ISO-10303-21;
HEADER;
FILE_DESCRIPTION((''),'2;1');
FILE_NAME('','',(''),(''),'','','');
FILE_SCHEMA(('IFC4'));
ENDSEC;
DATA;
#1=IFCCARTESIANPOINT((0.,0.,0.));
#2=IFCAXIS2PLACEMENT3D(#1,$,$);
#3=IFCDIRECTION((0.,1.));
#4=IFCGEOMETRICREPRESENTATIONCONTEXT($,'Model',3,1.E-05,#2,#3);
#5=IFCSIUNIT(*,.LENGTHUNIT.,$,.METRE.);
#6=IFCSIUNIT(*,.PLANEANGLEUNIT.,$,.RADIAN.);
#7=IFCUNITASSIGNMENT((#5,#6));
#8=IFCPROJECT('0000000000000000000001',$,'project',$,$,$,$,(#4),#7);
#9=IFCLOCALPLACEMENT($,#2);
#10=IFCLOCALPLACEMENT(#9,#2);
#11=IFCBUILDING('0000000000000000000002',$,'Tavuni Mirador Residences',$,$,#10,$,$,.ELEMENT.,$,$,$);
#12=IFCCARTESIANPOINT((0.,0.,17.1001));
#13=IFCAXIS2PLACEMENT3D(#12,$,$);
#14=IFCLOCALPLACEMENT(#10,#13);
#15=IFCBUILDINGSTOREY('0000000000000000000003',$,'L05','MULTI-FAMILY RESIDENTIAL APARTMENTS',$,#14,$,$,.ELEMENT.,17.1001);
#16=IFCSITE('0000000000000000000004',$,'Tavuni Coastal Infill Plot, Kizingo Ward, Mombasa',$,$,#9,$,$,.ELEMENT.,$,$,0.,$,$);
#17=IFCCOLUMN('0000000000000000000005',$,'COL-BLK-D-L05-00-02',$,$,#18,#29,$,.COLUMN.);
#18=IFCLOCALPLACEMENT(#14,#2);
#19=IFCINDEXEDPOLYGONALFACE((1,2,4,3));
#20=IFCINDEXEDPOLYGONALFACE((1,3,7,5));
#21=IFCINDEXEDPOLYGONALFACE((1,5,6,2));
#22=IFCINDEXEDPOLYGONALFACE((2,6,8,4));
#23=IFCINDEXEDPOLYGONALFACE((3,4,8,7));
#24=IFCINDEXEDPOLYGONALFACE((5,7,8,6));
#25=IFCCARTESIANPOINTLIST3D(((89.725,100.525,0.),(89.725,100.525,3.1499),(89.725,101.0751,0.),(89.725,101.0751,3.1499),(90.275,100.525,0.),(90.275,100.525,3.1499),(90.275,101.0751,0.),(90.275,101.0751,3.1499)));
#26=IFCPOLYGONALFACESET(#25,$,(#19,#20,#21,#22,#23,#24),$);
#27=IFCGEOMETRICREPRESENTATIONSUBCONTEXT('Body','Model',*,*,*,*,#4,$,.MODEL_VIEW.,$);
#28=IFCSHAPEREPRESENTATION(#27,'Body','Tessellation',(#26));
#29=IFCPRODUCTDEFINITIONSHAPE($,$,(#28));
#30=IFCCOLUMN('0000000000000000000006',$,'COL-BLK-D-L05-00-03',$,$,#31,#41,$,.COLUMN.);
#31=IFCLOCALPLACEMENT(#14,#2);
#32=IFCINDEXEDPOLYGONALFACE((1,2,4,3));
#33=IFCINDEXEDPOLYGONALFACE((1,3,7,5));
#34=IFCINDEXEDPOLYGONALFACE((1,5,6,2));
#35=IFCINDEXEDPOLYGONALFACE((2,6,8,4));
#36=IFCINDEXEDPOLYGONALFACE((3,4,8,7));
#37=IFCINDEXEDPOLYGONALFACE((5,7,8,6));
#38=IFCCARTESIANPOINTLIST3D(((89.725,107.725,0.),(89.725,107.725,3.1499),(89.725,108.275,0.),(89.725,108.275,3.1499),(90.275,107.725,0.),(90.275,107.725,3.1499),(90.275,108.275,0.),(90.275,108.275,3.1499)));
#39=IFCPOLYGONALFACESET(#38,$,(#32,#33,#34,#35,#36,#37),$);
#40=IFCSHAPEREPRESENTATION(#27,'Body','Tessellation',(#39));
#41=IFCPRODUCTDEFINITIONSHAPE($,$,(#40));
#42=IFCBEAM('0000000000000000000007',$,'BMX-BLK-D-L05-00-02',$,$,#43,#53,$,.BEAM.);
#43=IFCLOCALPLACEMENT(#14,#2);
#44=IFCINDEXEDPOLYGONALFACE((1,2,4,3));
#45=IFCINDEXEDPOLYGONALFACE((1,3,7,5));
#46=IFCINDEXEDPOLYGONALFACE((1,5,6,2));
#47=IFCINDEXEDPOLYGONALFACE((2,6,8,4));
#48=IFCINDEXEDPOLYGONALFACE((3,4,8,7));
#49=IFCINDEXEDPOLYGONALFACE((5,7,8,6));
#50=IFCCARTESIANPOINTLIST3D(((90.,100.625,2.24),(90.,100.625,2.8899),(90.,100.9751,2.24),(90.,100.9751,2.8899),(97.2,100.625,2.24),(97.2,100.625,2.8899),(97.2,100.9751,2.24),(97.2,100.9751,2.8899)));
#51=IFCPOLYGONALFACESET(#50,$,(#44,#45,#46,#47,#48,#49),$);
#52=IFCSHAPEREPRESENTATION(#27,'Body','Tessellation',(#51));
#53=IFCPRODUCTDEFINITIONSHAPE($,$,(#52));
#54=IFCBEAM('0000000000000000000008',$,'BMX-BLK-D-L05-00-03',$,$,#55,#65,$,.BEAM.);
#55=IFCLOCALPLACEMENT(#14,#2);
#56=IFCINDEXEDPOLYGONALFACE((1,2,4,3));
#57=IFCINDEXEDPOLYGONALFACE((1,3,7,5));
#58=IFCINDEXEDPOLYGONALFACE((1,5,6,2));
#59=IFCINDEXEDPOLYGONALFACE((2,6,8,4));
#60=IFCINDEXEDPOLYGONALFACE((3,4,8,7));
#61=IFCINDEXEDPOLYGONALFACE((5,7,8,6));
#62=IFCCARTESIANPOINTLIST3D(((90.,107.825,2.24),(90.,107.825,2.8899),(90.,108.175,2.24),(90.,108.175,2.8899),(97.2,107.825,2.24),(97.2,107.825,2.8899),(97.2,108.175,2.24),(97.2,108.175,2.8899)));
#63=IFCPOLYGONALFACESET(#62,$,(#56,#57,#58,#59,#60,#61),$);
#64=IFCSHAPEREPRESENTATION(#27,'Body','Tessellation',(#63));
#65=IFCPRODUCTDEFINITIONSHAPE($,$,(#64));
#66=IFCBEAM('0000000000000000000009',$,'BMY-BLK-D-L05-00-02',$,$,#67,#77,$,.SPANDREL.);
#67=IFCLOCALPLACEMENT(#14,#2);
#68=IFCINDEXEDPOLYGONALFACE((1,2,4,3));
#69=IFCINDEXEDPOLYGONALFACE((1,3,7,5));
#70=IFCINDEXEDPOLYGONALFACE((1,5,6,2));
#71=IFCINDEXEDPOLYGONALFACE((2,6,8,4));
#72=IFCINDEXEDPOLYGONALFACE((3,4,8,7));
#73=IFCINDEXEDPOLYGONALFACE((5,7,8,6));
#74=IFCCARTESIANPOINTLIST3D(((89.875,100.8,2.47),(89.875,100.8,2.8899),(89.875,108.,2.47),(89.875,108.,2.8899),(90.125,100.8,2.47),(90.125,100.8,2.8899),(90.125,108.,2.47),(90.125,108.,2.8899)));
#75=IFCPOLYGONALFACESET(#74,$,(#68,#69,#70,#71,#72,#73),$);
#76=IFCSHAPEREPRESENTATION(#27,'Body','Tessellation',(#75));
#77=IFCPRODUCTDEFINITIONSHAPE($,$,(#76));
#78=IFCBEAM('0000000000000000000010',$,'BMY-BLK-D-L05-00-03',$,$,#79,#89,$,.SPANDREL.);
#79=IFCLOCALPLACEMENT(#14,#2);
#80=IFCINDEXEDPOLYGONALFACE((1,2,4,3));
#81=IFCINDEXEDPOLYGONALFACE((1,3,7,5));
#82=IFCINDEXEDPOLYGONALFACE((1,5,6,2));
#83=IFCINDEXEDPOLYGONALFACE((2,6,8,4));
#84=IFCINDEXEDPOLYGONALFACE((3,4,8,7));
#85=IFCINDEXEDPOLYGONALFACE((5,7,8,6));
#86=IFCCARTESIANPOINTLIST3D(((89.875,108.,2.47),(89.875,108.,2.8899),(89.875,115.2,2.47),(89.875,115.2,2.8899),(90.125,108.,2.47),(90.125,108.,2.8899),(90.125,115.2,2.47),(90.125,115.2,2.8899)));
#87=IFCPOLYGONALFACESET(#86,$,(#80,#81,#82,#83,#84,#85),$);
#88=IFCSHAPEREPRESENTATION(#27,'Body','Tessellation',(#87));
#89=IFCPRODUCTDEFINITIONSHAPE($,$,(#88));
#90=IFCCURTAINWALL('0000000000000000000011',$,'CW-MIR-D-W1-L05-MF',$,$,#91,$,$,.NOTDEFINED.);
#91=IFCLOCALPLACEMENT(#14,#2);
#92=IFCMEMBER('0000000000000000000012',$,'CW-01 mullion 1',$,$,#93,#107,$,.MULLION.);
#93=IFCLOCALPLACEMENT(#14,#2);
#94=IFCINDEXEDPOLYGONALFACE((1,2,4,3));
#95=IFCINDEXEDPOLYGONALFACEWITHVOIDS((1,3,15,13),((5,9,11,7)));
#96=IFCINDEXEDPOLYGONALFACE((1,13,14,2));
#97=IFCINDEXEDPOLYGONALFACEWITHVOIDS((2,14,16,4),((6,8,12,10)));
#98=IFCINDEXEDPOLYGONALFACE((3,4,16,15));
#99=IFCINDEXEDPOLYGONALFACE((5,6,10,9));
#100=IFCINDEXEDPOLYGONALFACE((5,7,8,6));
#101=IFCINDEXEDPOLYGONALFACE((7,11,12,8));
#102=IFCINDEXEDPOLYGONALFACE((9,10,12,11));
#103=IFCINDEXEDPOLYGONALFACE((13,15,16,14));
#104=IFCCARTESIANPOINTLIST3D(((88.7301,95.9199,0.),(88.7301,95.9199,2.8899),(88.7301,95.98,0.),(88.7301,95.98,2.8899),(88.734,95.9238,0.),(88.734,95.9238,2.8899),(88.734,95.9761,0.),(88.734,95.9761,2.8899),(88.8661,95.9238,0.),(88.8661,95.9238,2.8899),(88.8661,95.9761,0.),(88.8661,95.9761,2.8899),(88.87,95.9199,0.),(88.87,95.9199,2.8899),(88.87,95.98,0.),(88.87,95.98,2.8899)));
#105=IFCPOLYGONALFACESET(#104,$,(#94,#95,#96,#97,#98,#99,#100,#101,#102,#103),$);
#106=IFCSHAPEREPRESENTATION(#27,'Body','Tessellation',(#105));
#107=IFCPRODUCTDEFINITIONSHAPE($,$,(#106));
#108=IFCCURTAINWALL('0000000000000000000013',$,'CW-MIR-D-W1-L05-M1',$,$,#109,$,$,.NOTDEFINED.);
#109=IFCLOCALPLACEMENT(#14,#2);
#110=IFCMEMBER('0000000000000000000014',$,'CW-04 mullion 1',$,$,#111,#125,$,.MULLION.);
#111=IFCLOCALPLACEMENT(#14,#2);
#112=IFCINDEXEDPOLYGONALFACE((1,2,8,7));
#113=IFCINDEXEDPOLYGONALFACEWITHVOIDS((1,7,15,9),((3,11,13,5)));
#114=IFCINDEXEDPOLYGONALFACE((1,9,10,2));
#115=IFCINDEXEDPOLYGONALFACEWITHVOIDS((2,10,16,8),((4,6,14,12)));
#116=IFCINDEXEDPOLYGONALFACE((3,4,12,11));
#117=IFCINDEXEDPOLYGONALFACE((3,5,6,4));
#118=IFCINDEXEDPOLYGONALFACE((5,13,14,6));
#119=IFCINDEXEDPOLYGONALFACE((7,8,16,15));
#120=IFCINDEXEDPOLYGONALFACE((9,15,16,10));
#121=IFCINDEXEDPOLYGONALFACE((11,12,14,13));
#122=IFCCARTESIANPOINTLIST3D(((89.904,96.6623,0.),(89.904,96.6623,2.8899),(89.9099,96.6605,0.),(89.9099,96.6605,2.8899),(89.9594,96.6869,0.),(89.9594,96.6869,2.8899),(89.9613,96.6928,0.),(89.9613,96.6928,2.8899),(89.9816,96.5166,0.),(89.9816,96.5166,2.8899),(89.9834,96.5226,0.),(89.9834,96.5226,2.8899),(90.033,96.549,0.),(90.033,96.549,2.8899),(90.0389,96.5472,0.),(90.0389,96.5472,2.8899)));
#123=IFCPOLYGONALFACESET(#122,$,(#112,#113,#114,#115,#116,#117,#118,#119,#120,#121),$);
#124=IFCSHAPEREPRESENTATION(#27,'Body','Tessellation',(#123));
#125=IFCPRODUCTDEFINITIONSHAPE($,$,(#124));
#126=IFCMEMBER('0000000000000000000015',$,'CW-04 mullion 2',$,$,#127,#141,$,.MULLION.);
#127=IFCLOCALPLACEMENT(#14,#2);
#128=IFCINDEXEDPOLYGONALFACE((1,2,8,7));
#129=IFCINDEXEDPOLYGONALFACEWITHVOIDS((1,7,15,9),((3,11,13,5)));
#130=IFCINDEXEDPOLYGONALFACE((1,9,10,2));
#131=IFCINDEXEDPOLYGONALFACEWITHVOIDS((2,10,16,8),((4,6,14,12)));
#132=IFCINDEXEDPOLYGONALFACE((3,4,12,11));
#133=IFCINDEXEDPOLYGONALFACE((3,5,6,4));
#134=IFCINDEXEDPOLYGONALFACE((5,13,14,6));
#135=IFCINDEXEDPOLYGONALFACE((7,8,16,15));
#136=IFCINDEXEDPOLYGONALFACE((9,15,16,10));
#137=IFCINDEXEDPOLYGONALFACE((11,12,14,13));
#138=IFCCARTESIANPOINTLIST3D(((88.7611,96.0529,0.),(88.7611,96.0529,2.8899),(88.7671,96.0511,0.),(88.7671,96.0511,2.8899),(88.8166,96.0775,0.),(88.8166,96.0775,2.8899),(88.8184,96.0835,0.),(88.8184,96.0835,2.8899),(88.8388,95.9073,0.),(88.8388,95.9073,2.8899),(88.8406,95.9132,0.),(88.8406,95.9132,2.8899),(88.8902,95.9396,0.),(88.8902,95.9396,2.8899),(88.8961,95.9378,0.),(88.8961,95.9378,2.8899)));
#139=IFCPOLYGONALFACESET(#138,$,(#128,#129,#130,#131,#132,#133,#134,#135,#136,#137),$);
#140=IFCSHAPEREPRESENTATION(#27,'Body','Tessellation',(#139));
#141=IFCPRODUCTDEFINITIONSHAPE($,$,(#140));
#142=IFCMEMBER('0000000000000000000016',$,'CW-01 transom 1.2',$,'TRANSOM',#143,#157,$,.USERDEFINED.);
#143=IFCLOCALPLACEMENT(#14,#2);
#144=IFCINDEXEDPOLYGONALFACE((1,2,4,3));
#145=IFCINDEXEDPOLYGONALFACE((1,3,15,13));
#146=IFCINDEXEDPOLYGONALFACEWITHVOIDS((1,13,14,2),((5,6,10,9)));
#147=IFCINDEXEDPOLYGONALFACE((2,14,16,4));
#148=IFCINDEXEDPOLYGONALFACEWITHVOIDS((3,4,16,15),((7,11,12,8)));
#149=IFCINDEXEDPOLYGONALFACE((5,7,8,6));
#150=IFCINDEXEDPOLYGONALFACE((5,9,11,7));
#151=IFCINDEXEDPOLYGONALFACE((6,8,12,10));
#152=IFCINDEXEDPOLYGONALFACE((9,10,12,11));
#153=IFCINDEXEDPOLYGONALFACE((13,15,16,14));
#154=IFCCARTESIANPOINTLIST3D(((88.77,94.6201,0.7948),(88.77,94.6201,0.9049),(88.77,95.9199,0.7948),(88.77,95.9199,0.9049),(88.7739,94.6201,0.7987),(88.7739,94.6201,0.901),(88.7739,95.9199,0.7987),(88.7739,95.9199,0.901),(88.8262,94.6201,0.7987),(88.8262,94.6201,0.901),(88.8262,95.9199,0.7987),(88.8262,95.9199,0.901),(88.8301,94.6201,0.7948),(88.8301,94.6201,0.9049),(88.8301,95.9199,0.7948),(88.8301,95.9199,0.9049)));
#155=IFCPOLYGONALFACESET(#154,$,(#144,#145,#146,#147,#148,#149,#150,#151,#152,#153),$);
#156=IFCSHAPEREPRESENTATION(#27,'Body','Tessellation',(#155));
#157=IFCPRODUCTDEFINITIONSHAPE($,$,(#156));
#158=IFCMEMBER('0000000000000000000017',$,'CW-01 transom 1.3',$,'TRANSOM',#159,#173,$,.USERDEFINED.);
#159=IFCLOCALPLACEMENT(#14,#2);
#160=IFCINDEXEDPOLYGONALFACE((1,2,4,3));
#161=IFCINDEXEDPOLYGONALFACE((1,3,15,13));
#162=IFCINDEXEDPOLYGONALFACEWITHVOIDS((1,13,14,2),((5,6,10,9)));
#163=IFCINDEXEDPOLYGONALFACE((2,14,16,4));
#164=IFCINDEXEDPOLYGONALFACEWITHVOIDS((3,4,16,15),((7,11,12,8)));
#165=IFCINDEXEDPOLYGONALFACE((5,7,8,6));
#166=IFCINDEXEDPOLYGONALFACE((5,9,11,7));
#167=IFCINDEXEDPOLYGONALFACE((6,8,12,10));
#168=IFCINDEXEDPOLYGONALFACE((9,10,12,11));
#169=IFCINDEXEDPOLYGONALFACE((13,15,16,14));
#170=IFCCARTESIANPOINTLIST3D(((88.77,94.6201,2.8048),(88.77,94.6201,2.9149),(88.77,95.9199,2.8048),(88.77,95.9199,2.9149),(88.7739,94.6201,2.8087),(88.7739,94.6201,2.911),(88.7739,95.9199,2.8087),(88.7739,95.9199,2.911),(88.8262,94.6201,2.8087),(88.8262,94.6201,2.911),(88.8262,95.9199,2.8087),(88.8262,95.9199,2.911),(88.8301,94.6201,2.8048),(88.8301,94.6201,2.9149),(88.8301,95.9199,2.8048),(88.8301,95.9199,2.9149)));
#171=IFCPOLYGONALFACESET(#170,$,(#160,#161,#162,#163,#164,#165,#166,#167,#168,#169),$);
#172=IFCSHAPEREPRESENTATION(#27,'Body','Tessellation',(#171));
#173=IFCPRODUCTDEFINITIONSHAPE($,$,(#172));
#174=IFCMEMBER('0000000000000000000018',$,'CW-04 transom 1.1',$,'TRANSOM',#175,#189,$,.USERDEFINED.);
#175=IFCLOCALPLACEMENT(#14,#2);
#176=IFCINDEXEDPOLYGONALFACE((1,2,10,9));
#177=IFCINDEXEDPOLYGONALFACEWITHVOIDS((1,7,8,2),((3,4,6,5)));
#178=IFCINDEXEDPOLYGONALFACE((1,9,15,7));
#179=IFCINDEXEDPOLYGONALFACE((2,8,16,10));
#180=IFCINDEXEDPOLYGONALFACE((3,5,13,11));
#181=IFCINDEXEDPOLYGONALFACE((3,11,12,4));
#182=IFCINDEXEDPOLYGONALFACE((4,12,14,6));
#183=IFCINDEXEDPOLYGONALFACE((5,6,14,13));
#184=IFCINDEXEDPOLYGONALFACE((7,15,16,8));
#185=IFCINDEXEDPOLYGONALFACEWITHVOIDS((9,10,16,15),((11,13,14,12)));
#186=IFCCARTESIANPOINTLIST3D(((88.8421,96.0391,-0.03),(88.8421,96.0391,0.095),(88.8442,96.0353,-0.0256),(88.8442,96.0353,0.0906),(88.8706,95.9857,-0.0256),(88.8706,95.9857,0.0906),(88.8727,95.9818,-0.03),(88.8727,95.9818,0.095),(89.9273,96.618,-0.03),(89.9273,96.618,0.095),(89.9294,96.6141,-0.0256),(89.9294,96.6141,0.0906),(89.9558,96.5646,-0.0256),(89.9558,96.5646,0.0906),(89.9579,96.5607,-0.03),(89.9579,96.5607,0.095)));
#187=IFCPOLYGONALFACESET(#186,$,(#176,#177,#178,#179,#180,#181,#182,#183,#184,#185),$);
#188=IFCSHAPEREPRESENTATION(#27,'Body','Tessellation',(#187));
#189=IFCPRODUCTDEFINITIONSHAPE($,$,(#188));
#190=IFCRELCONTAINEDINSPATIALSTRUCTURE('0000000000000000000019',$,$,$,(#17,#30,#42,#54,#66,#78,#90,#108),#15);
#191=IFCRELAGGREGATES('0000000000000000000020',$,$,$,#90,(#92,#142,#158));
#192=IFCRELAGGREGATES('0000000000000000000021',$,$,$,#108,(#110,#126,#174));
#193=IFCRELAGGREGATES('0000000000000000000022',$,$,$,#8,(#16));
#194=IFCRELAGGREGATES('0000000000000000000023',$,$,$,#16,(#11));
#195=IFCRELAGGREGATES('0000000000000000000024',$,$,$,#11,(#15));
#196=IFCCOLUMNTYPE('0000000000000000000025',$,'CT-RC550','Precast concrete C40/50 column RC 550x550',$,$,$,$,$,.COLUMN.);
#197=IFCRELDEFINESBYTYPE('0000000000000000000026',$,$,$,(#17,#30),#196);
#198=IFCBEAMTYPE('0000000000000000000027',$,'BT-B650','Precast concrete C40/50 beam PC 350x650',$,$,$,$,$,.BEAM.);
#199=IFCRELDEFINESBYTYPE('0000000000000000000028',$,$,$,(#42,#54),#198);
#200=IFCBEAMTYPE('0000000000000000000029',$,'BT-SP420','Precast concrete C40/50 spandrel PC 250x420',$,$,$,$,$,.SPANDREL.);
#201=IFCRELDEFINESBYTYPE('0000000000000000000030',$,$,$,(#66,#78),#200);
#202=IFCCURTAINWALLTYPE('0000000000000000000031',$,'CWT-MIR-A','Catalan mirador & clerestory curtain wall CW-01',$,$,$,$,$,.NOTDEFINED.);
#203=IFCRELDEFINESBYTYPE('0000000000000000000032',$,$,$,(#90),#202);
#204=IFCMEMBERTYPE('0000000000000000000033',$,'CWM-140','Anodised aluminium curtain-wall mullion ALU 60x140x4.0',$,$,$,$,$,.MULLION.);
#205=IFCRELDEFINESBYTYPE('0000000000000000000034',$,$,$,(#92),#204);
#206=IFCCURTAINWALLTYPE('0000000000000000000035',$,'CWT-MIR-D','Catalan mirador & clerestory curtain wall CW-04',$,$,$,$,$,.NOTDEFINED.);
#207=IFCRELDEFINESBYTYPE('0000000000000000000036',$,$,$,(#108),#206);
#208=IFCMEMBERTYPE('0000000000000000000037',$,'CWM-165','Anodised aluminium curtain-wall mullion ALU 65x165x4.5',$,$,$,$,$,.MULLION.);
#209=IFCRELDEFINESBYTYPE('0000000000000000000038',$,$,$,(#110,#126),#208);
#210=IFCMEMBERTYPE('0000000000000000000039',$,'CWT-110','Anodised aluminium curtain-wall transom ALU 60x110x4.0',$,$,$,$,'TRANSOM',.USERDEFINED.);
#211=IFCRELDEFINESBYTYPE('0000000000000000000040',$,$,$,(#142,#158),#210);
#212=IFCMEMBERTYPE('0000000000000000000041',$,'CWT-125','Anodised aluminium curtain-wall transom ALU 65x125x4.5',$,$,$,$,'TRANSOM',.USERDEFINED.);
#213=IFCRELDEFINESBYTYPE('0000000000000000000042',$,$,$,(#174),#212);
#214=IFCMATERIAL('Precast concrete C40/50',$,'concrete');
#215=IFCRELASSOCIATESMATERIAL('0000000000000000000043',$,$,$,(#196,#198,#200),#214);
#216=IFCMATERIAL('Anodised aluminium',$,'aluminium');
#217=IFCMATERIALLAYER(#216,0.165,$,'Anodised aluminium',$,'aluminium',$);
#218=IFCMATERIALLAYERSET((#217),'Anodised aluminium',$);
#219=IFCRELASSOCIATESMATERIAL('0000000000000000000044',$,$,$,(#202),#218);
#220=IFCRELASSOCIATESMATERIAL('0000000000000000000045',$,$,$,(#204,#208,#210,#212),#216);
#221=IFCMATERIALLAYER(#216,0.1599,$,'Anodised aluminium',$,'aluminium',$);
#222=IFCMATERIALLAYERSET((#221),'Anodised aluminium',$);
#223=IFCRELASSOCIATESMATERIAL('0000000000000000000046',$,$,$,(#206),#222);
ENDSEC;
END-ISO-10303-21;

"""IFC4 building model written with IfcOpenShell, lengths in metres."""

from ifc_helpers import new_model, si_unit, direction, frame, origin, origin_2d, place, context, subcontext, project, spatial, rectangle, hollow_rectangle, extrude, material, layer, layer_set, material_profile, profile_set, type_object, element, aggregate, save


model = new_model("IFC4")

# Units and contexts
model_context = context("Model", 3, precision=1e-05, world=origin(), true_north=direction((0.0, 1.0)))
body_context = subcontext(model_context, "Body", "Model", "MODEL_VIEW")
ifc_project = project(units=[si_unit("LENGTHUNIT", "METRE"), si_unit("PLANEANGLEUNIT", "RADIAN")], contexts=[model_context])

# Site, building, storey
site_placement = place(None, origin())
site = spatial("IfcSite", under=ifc_project, at=site_placement, Name="Tavuni Coastal Infill Plot, Kizingo Ward, Mombasa", CompositionType="ELEMENT", RefElevation=0.0)
building_placement = place(site_placement, origin())
building = spatial("IfcBuilding", under=site, at=building_placement, Name="Tavuni Mirador Residences", CompositionType="ELEMENT")
storey_placement = place(building_placement, frame((0.0, 0.0, 17.1001)))
storey = spatial("IfcBuildingStorey", under=building, at=storey_placement, Name="L05", Description="MULTI-FAMILY RESIDENTIAL APARTMENTS", CompositionType="ELEMENT", Elevation=17.1001)

# Columns
ifc_material_1 = material(Name="Precast concrete C40/50", Category="concrete")
ifc_material_profile_1 = material_profile(ifc_material_1, rectangle(XDim=0.55, YDim=0.55, at=origin_2d()), Name="RC 550x550", Category="concrete")
ifc_profile_set_1 = profile_set([ifc_material_profile_1], Name="Precast concrete C40/50")
column_type = type_object("IfcColumnType", Name="CT-RC550", Description="Precast concrete C40/50 column RC 550x550", PredefinedType="COLUMN", material=ifc_profile_set_1)
for number, where, z_axis, x_axis, name in (
    (1, (90.0, 100.8, 0.0), (0.0, 0.0, 1.0), (1.0, 0.0, 0.0), "COL-BLK-D-L05-00-02"),
    (2, (90.0, 108.0, 0.0), (0.0, 0.0, 1.0), (1.0, 0.0, 0.0), "COL-BLK-D-L05-00-03"),
):
    element("IfcColumn", number, at=place(storey_placement, frame(where, z_axis=z_axis, x_axis=x_axis)), inside=storey, type_object=column_type, Name=name, PredefinedType="COLUMN", context=body_context, shape_type="SweptSolid", body=[
        extrude(rectangle(XDim=0.55, YDim=0.55, at=origin_2d()), origin(), (0.0, 0.0, 1.0), 3.1499),
    ])

# Beams
ifc_material_profile_2 = material_profile(ifc_material_1, rectangle(XDim=0.3501, YDim=0.6499, at=origin_2d()), Name="PC 350x650", Category="concrete")
ifc_profile_set_2 = profile_set([ifc_material_profile_2], Name="Precast concrete C40/50")
beam_type_1 = type_object("IfcBeamType", Name="BT-B650", Description="Precast concrete C40/50 beam PC 350x650", PredefinedType="BEAM", material=ifc_profile_set_2)
for number, where, z_axis, x_axis, name in (
    (3, (90.0, 100.8, 2.5649), (1.0, 0.0, 0.0), (0.0, 1.0, 0.0), "BMX-BLK-D-L05-00-02"),
    (4, (90.0, 108.0, 2.5649), (1.0, 0.0, 0.0), (0.0, 1.0, 0.0), "BMX-BLK-D-L05-00-03"),
):
    element("IfcBeam", number, at=place(storey_placement, frame(where, z_axis=z_axis, x_axis=x_axis)), inside=storey, type_object=beam_type_1, Name=name, PredefinedType="BEAM", context=body_context, shape_type="SweptSolid", body=[
        extrude(rectangle(XDim=0.3501, YDim=0.6499, at=origin_2d()), origin(), (0.0, 0.0, 1.0), 7.2),
    ])
ifc_material_profile_3 = material_profile(ifc_material_1, rectangle(XDim=0.25, YDim=0.4199, at=origin_2d()), Name="PC 250x420", Category="concrete")
ifc_profile_set_3 = profile_set([ifc_material_profile_3], Name="Precast concrete C40/50")
beam_type_2 = type_object("IfcBeamType", Name="BT-SP420", Description="Precast concrete C40/50 spandrel PC 250x420", PredefinedType="SPANDREL", material=ifc_profile_set_3)
for number, where, z_axis, x_axis, name in (
    (5, (90.0, 100.8, 2.6799), (0.0, 1.0, 0.0), (-1.0, 0.0, 0.0), "BMY-BLK-D-L05-00-02"),
    (6, (90.0, 108.0, 2.6799), (0.0, 1.0, 0.0), (-1.0, 0.0, 0.0), "BMY-BLK-D-L05-00-03"),
):
    element("IfcBeam", number, at=place(storey_placement, frame(where, z_axis=z_axis, x_axis=x_axis)), inside=storey, type_object=beam_type_2, Name=name, PredefinedType="SPANDREL", context=body_context, shape_type="SweptSolid", body=[
        extrude(rectangle(XDim=0.25, YDim=0.4199, at=origin_2d()), origin(), (0.0, 0.0, 1.0), 7.2),
    ])

# Curtain wall, member
ifc_material_2 = material(Name="Anodised aluminium", Category="aluminium")
ifc_layer_1 = layer(ifc_material_2, 0.165, Name="Anodised aluminium", Category="aluminium")
ifc_layer_set_1 = layer_set([ifc_layer_1], Name="Anodised aluminium")
curtain_wall_type_1 = type_object("IfcCurtainWallType", Name="CWT-MIR-A", Description="Catalan mirador & clerestory curtain wall CW-01", PredefinedType="NOTDEFINED", material=ifc_layer_set_1)
curtain_wall_1_placement = place(storey_placement, origin())
curtain_wall_1 = element("IfcCurtainWall", 7, at=curtain_wall_1_placement, inside=storey, type_object=curtain_wall_type_1, Name="CW-MIR-D-W1-L05-MF", PredefinedType="NOTDEFINED")
ifc_material_profile_4 = material_profile(ifc_material_2, hollow_rectangle(XDim=0.0601, YDim=0.1399, WallThickness=0.0039, at=origin_2d()), Name="ALU 60x140x4.0", Category="aluminium")
ifc_profile_set_4 = profile_set([ifc_material_profile_4], Name="Anodised aluminium")
member_type_1 = type_object("IfcMemberType", Name="CWM-140", Description="Anodised aluminium curtain-wall mullion ALU 60x140x4.0", PredefinedType="MULLION", material=ifc_profile_set_4)
member_1_placement = place(storey_placement, frame((88.8, 95.95, 0.0), z_axis=(0.0, 0.0, 1.0), x_axis=(0.0, -1.0, 0.0)))
member_1 = element("IfcMember", 8, at=member_1_placement, type_object=member_type_1, Name="CW-01 mullion 1", PredefinedType="MULLION", context=body_context, shape_type="SweptSolid", body=[
    extrude(hollow_rectangle(XDim=0.0601, YDim=0.1399, WallThickness=0.0039, at=origin_2d()), origin(), (0.0, 0.0, 1.0), 2.8899),
])

# Curtain wall, members
ifc_layer_2 = layer(ifc_material_2, 0.1599, Name="Anodised aluminium", Category="aluminium")
ifc_layer_set_2 = layer_set([ifc_layer_2], Name="Anodised aluminium")
curtain_wall_type_2 = type_object("IfcCurtainWallType", Name="CWT-MIR-D", Description="Catalan mirador & clerestory curtain wall CW-04", PredefinedType="NOTDEFINED", material=ifc_layer_set_2)
curtain_wall_2_placement = place(storey_placement, origin())
curtain_wall_2 = element("IfcCurtainWall", 9, at=curtain_wall_2_placement, inside=storey, type_object=curtain_wall_type_2, Name="CW-MIR-D-W1-L05-M1", PredefinedType="NOTDEFINED")
ifc_material_profile_5 = material_profile(ifc_material_2, hollow_rectangle(XDim=0.0649, YDim=0.165, WallThickness=0.0044, at=origin_2d()), Name="ALU 65x165x4.5", Category="aluminium")
ifc_profile_set_5 = profile_set([ifc_material_profile_5], Name="Anodised aluminium")
member_type_2 = type_object("IfcMemberType", Name="CWM-165", Description="Anodised aluminium curtain-wall mullion ALU 65x165x4.5", PredefinedType="MULLION", material=ifc_profile_set_5)
member_2_placement = place(storey_placement, frame((89.9714, 96.6047, 0.0), z_axis=(0.0, 0.0, 1.0), x_axis=(-0.882353, -0.470588, 0.0)))
member_2 = element("IfcMember", 10, at=member_2_placement, type_object=member_type_2, Name="CW-04 mullion 1", PredefinedType="MULLION", context=body_context, shape_type="SweptSolid", body=[
    extrude(hollow_rectangle(XDim=0.0649, YDim=0.165, WallThickness=0.0044, at=origin_2d()), origin(), (0.0, 0.0, 1.0), 2.8899),
])
member_3_placement = place(storey_placement, frame((88.8286, 95.9954, 0.0), z_axis=(0.0, 0.0, 1.0), x_axis=(-0.882353, -0.470588, 0.0)))
member_3 = element("IfcMember", 11, at=member_3_placement, type_object=member_type_2, Name="CW-04 mullion 2", PredefinedType="MULLION", context=body_context, shape_type="SweptSolid", body=[
    extrude(hollow_rectangle(XDim=0.0649, YDim=0.165, WallThickness=0.0044, at=origin_2d()), origin(), (0.0, 0.0, 1.0), 2.8899),
])

# Members
ifc_material_profile_6 = material_profile(ifc_material_2, hollow_rectangle(XDim=0.0601, YDim=0.1101, WallThickness=0.0039, at=origin_2d()), Name="ALU 60x110x4.0", Category="aluminium")
ifc_profile_set_6 = profile_set([ifc_material_profile_6], Name="Anodised aluminium")
member_type_3 = type_object("IfcMemberType", Name="CWT-110", Description="Anodised aluminium curtain-wall transom ALU 60x110x4.0", ElementType="TRANSOM", PredefinedType="USERDEFINED", material=ifc_profile_set_6)
member_4_placement = place(storey_placement, frame((88.8, 95.9199, 0.8499), z_axis=(0.0, -1.0, 0.0), x_axis=(1.0, 0.0, 0.0)))
member_4 = element("IfcMember", 12, at=member_4_placement, type_object=member_type_3, Name="CW-01 transom 1.2", ObjectType="TRANSOM", PredefinedType="USERDEFINED", context=body_context, shape_type="SweptSolid", body=[
    extrude(hollow_rectangle(XDim=0.0601, YDim=0.1101, WallThickness=0.0039, at=origin_2d()), origin(), (0.0, 0.0, 1.0), 1.2998),
])
member_5_placement = place(storey_placement, frame((88.8, 95.9199, 2.8599), z_axis=(0.0, -1.0, 0.0), x_axis=(1.0, 0.0, 0.0)))
member_5 = element("IfcMember", 13, at=member_5_placement, type_object=member_type_3, Name="CW-01 transom 1.3", ObjectType="TRANSOM", PredefinedType="USERDEFINED", context=body_context, shape_type="SweptSolid", body=[
    extrude(hollow_rectangle(XDim=0.0601, YDim=0.1101, WallThickness=0.0039, at=origin_2d()), origin(), (0.0, 0.0, 1.0), 1.2998),
])
aggregate(curtain_wall_1, [member_1, member_4, member_5])
ifc_material_profile_7 = material_profile(ifc_material_2, hollow_rectangle(XDim=0.0649, YDim=0.125, WallThickness=0.0044, at=origin_2d()), Name="ALU 65x125x4.5", Category="aluminium")
ifc_profile_set_7 = profile_set([ifc_material_profile_7], Name="Anodised aluminium")
member_type_4 = type_object("IfcMemberType", Name="CWT-125", Description="Anodised aluminium curtain-wall transom ALU 65x125x4.5", ElementType="TRANSOM", PredefinedType="USERDEFINED", material=ifc_profile_set_7)
member_6_placement = place(storey_placement, frame((89.9426, 96.5894, 0.0325), z_axis=(-0.882325, -0.47064, 0.0), x_axis=(0.47064, -0.882325, 0.0)))
member_6 = element("IfcMember", 14, at=member_6_placement, type_object=member_type_4, Name="CW-04 transom 1.1", ObjectType="TRANSOM", PredefinedType="USERDEFINED", context=body_context, shape_type="SweptSolid", body=[
    extrude(hollow_rectangle(XDim=0.0649, YDim=0.125, WallThickness=0.0044, at=origin_2d()), origin(), (0.0, 0.0, 1.0), 1.23),
])

aggregate(curtain_wall_2, [member_2, member_3, member_6])

save(model, "model.ifc")
